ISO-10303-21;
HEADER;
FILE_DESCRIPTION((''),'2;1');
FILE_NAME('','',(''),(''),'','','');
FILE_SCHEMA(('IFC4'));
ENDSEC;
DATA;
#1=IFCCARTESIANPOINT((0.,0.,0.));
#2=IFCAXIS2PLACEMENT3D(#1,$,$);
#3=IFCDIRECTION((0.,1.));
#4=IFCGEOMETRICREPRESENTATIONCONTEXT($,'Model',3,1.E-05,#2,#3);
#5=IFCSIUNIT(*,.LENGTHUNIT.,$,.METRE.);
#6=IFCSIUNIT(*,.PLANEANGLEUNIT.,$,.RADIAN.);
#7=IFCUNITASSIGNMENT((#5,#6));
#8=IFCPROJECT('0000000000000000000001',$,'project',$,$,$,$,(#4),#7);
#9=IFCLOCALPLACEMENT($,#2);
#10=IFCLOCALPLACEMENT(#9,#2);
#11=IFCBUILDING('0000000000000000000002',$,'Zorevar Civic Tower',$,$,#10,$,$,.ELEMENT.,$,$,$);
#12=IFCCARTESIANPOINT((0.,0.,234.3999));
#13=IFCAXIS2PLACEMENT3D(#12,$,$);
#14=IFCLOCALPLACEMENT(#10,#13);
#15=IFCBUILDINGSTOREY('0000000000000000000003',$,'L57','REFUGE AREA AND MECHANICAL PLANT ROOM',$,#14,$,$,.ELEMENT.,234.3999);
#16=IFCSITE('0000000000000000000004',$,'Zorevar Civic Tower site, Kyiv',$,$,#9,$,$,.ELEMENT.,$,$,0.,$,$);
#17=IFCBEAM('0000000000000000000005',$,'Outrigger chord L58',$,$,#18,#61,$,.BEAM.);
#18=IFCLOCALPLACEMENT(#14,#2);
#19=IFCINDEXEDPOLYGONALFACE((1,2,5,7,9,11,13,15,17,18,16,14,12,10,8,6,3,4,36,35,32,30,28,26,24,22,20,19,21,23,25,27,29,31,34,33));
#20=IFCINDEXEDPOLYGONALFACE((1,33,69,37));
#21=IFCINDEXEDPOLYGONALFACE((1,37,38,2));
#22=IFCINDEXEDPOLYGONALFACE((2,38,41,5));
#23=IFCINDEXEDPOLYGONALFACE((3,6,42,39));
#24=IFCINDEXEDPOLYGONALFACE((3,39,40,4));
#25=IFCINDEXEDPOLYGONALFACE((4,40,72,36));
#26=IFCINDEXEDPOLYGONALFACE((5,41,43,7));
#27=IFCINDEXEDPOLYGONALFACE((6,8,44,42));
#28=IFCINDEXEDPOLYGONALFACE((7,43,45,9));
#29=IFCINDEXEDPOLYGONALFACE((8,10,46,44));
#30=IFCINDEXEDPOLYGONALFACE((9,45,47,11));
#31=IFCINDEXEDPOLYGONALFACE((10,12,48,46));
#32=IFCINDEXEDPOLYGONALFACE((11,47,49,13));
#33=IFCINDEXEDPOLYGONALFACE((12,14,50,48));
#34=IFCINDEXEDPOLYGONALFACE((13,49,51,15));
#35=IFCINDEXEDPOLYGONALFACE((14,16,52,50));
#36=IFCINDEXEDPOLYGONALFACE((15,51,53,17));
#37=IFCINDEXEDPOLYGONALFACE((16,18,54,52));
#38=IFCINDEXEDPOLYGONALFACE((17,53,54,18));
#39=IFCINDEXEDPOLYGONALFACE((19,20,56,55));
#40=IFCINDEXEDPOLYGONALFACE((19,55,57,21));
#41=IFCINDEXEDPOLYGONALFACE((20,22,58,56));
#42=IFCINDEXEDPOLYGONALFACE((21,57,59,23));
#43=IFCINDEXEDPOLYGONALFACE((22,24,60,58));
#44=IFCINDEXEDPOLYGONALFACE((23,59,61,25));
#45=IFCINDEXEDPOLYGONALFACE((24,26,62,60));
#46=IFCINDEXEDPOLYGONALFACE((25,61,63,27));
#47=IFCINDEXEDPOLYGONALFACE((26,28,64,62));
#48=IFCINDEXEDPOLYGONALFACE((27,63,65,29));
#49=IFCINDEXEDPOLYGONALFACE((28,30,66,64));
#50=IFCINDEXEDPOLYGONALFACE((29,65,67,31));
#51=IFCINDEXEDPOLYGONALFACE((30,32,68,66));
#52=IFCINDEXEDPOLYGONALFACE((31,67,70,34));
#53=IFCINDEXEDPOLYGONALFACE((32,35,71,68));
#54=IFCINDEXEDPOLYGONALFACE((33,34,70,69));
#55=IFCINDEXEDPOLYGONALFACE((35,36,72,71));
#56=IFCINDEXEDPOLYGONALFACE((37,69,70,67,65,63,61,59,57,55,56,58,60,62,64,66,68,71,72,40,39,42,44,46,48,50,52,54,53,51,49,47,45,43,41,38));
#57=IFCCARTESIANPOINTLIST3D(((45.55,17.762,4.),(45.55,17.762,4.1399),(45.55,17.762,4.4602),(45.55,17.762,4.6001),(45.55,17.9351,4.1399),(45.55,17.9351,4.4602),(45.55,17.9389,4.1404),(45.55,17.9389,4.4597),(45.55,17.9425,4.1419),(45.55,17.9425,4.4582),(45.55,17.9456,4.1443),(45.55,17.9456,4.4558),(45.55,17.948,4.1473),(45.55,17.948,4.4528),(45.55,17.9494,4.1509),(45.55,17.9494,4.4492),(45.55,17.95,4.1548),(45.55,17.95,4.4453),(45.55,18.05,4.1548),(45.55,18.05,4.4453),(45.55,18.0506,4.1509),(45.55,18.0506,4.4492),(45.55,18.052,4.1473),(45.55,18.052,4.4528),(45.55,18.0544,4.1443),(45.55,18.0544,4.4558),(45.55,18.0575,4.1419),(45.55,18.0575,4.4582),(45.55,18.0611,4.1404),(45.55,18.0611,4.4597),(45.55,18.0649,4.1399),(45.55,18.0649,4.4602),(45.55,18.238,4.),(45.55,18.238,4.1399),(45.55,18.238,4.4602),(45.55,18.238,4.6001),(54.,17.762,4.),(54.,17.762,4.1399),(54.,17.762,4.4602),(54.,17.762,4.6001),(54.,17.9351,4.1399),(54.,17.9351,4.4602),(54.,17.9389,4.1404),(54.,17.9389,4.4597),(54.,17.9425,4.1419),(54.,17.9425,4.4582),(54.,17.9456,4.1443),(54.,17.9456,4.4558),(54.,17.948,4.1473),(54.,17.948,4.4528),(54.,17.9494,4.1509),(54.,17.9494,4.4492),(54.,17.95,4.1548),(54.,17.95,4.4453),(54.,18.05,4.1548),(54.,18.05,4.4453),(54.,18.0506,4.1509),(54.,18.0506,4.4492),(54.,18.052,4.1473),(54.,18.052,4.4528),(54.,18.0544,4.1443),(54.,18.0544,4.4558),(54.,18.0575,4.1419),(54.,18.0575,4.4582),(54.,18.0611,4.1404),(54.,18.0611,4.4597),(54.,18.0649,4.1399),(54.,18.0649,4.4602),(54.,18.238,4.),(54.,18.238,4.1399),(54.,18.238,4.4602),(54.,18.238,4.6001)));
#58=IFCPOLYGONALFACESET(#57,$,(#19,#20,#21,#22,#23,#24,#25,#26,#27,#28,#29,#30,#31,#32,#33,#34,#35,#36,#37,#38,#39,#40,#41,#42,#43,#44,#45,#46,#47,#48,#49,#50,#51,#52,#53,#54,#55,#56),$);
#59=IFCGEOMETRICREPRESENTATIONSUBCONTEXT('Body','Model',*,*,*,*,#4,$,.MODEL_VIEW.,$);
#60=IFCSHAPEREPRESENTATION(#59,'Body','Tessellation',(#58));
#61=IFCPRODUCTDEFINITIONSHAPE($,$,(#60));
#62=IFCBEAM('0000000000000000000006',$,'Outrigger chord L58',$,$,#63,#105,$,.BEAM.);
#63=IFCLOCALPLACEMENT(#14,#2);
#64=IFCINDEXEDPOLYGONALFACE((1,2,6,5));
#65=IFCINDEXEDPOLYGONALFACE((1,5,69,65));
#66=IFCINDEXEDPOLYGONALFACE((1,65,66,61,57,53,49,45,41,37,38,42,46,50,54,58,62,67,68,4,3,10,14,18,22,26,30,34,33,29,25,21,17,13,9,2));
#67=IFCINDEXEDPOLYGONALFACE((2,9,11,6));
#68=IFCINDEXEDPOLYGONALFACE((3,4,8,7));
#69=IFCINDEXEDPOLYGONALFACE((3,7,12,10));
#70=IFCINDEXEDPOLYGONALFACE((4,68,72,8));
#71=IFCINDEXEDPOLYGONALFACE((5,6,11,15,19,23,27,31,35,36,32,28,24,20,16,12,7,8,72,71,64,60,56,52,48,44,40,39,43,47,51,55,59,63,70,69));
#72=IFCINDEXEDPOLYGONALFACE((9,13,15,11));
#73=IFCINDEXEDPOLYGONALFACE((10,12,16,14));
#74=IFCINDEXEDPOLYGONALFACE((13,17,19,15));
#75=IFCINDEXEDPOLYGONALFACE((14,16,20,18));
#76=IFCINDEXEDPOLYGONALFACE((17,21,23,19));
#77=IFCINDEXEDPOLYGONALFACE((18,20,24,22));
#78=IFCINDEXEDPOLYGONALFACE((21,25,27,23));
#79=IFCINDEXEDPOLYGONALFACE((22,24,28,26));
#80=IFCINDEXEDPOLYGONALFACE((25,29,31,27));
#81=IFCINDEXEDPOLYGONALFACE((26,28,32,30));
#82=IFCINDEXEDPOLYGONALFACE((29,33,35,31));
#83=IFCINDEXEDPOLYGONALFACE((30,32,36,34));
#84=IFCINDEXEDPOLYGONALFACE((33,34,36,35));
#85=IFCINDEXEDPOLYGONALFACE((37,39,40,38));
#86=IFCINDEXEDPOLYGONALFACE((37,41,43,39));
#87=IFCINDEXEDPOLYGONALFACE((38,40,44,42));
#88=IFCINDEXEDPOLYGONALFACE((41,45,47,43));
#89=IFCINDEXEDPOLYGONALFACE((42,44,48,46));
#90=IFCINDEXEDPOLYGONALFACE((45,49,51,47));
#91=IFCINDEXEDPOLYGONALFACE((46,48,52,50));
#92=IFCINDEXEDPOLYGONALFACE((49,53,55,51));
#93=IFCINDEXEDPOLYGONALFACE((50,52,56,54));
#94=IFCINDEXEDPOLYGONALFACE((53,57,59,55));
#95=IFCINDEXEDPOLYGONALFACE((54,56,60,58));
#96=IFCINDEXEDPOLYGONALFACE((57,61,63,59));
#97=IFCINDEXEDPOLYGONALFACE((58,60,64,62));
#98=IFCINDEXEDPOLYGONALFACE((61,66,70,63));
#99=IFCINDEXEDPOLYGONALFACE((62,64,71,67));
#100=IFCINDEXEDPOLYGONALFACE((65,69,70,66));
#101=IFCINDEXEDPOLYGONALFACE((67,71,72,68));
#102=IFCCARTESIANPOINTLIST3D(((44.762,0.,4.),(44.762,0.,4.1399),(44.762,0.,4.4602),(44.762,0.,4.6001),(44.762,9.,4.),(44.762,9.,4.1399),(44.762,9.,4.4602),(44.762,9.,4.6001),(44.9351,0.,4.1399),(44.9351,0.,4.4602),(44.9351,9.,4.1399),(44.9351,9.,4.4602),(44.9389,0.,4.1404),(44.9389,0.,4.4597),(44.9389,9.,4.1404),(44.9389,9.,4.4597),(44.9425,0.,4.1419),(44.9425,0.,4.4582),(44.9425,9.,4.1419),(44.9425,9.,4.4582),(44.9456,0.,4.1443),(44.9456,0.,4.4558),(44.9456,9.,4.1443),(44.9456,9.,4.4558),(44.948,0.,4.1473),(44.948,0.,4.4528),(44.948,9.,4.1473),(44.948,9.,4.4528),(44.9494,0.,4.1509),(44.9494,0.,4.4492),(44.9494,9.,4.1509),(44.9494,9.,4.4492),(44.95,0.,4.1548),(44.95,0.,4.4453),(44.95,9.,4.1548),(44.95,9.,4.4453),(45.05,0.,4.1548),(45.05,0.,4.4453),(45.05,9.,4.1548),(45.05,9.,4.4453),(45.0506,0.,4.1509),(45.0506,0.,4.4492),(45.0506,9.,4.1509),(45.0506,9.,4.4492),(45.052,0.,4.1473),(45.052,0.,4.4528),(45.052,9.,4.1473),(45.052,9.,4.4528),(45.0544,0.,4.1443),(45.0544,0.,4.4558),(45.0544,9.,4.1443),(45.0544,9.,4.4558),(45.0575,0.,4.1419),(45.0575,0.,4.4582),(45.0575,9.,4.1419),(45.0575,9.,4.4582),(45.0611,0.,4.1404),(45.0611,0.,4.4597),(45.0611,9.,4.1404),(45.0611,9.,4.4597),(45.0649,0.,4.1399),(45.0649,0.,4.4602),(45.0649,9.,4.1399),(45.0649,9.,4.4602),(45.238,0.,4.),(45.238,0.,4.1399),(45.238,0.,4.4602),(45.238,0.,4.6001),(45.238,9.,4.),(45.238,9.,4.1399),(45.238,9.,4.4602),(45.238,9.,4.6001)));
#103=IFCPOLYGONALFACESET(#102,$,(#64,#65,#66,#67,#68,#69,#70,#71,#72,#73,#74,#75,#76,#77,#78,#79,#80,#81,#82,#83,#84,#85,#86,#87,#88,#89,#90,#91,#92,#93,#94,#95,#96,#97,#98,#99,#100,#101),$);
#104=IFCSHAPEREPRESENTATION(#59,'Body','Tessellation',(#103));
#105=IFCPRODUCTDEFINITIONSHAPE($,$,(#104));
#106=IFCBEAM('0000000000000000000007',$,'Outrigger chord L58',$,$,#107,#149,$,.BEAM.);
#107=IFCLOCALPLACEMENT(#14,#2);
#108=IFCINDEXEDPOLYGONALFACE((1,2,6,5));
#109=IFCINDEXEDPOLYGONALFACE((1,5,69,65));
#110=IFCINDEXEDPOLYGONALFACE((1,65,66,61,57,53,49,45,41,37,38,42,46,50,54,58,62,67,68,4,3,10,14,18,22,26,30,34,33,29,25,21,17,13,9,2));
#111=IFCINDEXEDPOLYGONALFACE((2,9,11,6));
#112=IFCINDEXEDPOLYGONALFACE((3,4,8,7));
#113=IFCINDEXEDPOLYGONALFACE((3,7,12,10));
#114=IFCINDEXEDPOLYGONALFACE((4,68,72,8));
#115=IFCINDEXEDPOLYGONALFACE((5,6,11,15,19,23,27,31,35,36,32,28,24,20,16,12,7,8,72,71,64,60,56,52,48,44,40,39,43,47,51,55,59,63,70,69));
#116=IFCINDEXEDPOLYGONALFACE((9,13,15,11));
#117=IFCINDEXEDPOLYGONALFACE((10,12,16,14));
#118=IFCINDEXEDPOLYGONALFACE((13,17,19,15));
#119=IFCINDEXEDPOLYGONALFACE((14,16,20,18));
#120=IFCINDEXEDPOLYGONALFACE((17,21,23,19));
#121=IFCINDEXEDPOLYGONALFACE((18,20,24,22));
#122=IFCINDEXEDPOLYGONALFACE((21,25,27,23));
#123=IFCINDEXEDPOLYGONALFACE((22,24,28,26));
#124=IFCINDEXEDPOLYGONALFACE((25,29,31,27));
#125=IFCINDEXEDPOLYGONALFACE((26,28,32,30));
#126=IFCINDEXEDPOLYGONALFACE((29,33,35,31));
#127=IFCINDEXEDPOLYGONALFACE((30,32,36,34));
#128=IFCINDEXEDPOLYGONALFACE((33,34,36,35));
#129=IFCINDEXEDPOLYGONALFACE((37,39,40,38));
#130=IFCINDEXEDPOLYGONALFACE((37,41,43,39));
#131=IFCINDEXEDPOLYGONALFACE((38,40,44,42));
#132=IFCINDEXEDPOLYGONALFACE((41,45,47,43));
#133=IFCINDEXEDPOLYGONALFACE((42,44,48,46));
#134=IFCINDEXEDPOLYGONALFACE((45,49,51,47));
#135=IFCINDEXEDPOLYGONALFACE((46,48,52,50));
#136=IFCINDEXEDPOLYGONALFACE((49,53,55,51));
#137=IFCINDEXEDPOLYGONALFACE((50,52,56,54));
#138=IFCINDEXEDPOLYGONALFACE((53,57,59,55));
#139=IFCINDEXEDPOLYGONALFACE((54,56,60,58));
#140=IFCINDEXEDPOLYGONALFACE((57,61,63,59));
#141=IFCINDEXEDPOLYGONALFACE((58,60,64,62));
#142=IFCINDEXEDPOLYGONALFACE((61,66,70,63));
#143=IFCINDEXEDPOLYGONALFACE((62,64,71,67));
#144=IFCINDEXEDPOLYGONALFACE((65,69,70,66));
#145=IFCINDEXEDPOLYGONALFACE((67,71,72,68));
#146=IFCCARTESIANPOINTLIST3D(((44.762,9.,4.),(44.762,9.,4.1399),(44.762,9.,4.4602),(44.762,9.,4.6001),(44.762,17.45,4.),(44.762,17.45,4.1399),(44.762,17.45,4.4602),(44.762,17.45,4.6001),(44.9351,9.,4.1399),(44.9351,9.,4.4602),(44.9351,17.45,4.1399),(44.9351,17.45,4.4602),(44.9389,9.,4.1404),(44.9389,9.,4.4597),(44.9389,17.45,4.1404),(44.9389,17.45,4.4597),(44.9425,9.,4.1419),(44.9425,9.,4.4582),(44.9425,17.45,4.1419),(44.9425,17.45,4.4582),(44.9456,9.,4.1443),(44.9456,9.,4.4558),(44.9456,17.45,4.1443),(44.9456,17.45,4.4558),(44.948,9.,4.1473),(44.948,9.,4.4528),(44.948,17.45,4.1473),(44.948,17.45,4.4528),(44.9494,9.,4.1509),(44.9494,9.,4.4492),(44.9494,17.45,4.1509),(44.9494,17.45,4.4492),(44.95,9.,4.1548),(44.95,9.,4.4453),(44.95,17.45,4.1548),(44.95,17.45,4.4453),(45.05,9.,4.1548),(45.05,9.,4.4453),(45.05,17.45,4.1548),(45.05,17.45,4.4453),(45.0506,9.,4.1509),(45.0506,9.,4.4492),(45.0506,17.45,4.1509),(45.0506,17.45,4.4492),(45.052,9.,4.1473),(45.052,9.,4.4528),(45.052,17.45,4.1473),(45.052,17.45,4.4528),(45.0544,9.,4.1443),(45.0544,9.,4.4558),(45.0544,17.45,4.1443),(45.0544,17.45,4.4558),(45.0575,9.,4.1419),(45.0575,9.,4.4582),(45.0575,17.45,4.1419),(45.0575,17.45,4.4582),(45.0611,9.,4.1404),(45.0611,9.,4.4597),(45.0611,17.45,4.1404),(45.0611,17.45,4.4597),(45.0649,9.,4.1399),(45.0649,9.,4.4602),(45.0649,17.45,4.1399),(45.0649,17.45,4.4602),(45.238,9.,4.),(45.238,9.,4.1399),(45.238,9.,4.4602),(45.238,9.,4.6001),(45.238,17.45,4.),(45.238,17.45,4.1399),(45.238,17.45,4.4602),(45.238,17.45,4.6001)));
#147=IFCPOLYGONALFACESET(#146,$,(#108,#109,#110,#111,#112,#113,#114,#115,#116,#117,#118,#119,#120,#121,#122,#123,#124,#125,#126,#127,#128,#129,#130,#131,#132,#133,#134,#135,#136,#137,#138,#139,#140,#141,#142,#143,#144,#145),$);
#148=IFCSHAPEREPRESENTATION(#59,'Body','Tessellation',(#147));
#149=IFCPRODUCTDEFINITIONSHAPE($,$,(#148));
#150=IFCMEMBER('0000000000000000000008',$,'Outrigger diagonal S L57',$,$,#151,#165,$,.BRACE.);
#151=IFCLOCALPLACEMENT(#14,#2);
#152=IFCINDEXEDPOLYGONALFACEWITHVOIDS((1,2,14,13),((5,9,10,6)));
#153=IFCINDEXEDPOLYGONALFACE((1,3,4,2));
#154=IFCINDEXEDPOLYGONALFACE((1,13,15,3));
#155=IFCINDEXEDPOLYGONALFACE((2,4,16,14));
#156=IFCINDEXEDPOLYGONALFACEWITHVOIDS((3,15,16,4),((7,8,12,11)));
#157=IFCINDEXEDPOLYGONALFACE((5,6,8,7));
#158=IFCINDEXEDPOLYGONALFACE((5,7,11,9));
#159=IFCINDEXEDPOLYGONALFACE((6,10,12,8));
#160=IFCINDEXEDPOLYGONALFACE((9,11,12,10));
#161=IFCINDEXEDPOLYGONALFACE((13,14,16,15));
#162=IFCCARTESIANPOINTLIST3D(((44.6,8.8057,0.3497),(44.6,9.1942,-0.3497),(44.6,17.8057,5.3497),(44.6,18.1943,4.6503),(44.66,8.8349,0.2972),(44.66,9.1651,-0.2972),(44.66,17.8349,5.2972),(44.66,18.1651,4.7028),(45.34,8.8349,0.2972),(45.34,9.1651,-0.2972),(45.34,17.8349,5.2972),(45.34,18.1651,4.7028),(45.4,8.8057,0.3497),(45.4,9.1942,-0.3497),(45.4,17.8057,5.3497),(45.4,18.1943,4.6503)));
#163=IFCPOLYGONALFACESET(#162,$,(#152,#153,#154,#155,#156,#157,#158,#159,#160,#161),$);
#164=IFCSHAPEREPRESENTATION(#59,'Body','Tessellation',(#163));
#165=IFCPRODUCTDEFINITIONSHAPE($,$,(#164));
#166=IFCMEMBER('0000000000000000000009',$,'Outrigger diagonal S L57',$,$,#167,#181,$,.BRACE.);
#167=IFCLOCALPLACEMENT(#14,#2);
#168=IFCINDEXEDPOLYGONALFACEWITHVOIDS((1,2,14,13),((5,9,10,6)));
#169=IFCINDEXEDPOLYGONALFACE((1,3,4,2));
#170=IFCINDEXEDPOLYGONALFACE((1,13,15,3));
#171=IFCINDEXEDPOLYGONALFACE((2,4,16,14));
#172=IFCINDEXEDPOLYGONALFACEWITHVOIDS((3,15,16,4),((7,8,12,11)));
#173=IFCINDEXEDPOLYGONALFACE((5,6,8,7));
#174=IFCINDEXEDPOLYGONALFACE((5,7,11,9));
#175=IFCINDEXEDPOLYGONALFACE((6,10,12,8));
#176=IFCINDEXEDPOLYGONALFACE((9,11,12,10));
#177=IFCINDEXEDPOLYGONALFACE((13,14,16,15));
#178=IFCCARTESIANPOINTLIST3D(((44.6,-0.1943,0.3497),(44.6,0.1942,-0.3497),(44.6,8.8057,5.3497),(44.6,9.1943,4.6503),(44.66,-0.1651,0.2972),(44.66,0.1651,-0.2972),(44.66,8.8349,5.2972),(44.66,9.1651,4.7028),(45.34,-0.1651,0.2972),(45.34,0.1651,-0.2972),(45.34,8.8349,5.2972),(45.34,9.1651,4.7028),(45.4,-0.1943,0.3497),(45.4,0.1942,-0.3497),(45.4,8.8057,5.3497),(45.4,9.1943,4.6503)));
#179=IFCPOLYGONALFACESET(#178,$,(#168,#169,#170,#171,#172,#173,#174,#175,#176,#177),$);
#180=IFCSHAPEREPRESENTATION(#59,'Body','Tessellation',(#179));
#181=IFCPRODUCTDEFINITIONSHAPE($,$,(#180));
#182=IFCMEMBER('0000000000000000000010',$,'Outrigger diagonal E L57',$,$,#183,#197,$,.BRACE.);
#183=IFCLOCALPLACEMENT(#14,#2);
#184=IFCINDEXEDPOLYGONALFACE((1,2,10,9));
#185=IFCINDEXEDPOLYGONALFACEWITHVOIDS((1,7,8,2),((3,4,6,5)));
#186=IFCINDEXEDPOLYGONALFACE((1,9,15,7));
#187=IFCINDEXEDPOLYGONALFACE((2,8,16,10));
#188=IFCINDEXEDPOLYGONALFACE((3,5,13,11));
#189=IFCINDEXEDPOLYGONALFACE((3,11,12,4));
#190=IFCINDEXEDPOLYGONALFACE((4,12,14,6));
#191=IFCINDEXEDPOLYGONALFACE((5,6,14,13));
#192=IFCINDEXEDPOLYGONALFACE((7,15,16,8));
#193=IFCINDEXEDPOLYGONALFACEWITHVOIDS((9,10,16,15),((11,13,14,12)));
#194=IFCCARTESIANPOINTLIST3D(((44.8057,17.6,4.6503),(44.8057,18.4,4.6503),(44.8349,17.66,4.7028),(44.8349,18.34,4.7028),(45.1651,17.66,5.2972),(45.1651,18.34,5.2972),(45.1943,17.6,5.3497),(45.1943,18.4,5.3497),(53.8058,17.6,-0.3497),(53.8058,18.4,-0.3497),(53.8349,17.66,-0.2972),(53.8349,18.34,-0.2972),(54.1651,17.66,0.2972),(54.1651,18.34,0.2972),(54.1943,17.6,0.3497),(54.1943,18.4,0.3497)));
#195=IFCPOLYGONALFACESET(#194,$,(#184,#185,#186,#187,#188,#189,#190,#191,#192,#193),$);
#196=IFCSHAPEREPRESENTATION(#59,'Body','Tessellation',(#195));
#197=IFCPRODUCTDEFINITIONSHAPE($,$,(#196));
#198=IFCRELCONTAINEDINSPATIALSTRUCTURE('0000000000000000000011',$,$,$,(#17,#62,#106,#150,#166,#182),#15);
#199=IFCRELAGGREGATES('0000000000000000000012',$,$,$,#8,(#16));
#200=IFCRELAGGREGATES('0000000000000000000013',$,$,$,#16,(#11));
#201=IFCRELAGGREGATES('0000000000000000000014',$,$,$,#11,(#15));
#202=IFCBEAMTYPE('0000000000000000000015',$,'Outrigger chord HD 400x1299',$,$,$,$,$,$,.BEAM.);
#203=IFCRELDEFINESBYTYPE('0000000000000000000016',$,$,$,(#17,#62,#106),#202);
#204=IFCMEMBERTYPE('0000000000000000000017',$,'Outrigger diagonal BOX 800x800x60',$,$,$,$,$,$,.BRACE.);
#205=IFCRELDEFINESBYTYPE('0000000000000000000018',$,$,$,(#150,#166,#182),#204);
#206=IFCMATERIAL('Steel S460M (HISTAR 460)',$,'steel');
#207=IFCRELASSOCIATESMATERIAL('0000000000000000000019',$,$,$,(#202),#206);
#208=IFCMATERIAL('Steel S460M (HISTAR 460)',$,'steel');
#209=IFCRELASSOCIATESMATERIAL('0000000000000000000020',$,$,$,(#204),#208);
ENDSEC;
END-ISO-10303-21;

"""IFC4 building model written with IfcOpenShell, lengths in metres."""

from ifc_helpers import new_model, si_unit, direction, frame, origin, origin_2d, place, context, subcontext, project, spatial, hollow_rectangle, i_section, extrude, material, material_profile, profile_set, type_object, element, save


model = new_model("IFC4")

# Units and contexts
model_context = context("Model", 3, precision=1e-05, world=origin(), true_north=direction((0.0, 1.0)))
body_context = subcontext(model_context, "Body", "Model", "MODEL_VIEW")
ifc_project = project(units=[si_unit("LENGTHUNIT", "METRE"), si_unit("PLANEANGLEUNIT", "RADIAN")], contexts=[model_context])

# Site, building, storey
site_placement = place(None, origin())
site = spatial("IfcSite", under=ifc_project, at=site_placement, Name="Zorevar Civic Tower site, Kyiv", CompositionType="ELEMENT", RefElevation=0.0)
building_placement = place(site_placement, origin())
building = spatial("IfcBuilding", under=site, at=building_placement, Name="Zorevar Civic Tower", CompositionType="ELEMENT")
storey_placement = place(building_placement, frame((0.0, 0.0, 234.3999)))
storey = spatial("IfcBuildingStorey", under=building, at=storey_placement, Name="L57", Description="REFUGE AREA AND MECHANICAL PLANT ROOM", CompositionType="ELEMENT", Elevation=234.3999)

# Beams
ifc_material_1 = material(Name="Steel S460M (HISTAR 460)", Category="steel")
ifc_material_profile_1 = material_profile(ifc_material_1, i_section(OverallWidth=0.4761, OverallDepth=0.6001, WebThickness=0.1001, FlangeThickness=0.1399, FilletRadius=0.0149, at=origin_2d()), Name="HD 400x1299")
ifc_profile_set_1 = profile_set([ifc_material_profile_1], Name="Steel S460M (HISTAR 460)")
beam_type_1 = type_object("IfcBeamType", Name="Outrigger chord HD 400x1299", PredefinedType="BEAM", material=ifc_profile_set_1)
beam_1_placement = place(storey_placement, frame((45.55, 18.0, 4.3), z_axis=(1.0, 0.0, 0.0), x_axis=(0.0, 1.0, 0.0)))
element("IfcBeam", 1, at=beam_1_placement, inside=storey, type_object=beam_type_1, Name="Outrigger chord L58", PredefinedType="BEAM", context=body_context, shape_type="SweptSolid", body=[
    extrude(i_section(OverallWidth=0.4761, OverallDepth=0.6001, WebThickness=0.1001, FlangeThickness=0.1399, FilletRadius=0.0149, at=origin_2d()), origin(), (0.0, 0.0, 1.0), 8.45),
])
beam_2_placement = place(storey_placement, frame((45.0, 0.0, 4.3), z_axis=(0.0, 1.0, 0.0), x_axis=(-1.0, 0.0, 0.0)))
element("IfcBeam", 2, at=beam_2_placement, inside=storey, type_object=beam_type_1, Name="Outrigger chord L58", PredefinedType="BEAM", context=body_context, shape_type="SweptSolid", body=[
    extrude(i_section(OverallWidth=0.4761, OverallDepth=0.6001, WebThickness=0.1001, FlangeThickness=0.1399, FilletRadius=0.0149, at=origin_2d()), origin(), (0.0, 0.0, 1.0), 9.0),
])
beam_3_placement = place(storey_placement, frame((45.0, 9.0, 4.3), z_axis=(0.0, 1.0, 0.0), x_axis=(-1.0, 0.0, 0.0)))
element("IfcBeam", 3, at=beam_3_placement, inside=storey, type_object=beam_type_1, Name="Outrigger chord L58", PredefinedType="BEAM", context=body_context, shape_type="SweptSolid", body=[
    extrude(i_section(OverallWidth=0.4761, OverallDepth=0.6001, WebThickness=0.1001, FlangeThickness=0.1399, FilletRadius=0.0149, at=origin_2d()), origin(), (0.0, 0.0, 1.0), 8.45),
])

# Members
ifc_material_2 = material(Name="Steel S460M (HISTAR 460)", Category="steel")
ifc_material_profile_2 = material_profile(ifc_material_2, hollow_rectangle(XDim=0.8, YDim=0.8, WallThickness=0.0601, at=origin_2d()), Name="BOX 800x800x60")
ifc_profile_set_2 = profile_set([ifc_material_profile_2], Name="Steel S460M (HISTAR 460)")
member_type_1 = type_object("IfcMemberType", Name="Outrigger diagonal BOX 800x800x60", PredefinedType="BRACE", material=ifc_profile_set_2)
for number, where, z_axis, x_axis, name in (
    (4, (45.0, 18.0, 5.0), (0.0, -0.874157, -0.485643), (1.0, 0.0, 0.0), "Outrigger diagonal S L57"),
    (5, (45.0, 9.0, 5.0), (0.0, -0.874157, -0.485643), (1.0, 0.0, 0.0), "Outrigger diagonal S L57"),
    (6, (45.0, 18.0, 5.0), (0.874157, 0.0, -0.485643), (0.0, 1.0, 0.0), "Outrigger diagonal E L57"),
):
    element("IfcMember", number, at=place(storey_placement, frame(where, z_axis=z_axis, x_axis=x_axis)), inside=storey, type_object=member_type_1, Name=name, PredefinedType="BRACE", context=body_context, shape_type="SweptSolid", body=[
        extrude(hollow_rectangle(XDim=0.8, YDim=0.8, WallThickness=0.0601, at=origin_2d()), origin(), (0.0, 0.0, 1.0), 10.2957),
    ])

save(model, "model.ifc")
